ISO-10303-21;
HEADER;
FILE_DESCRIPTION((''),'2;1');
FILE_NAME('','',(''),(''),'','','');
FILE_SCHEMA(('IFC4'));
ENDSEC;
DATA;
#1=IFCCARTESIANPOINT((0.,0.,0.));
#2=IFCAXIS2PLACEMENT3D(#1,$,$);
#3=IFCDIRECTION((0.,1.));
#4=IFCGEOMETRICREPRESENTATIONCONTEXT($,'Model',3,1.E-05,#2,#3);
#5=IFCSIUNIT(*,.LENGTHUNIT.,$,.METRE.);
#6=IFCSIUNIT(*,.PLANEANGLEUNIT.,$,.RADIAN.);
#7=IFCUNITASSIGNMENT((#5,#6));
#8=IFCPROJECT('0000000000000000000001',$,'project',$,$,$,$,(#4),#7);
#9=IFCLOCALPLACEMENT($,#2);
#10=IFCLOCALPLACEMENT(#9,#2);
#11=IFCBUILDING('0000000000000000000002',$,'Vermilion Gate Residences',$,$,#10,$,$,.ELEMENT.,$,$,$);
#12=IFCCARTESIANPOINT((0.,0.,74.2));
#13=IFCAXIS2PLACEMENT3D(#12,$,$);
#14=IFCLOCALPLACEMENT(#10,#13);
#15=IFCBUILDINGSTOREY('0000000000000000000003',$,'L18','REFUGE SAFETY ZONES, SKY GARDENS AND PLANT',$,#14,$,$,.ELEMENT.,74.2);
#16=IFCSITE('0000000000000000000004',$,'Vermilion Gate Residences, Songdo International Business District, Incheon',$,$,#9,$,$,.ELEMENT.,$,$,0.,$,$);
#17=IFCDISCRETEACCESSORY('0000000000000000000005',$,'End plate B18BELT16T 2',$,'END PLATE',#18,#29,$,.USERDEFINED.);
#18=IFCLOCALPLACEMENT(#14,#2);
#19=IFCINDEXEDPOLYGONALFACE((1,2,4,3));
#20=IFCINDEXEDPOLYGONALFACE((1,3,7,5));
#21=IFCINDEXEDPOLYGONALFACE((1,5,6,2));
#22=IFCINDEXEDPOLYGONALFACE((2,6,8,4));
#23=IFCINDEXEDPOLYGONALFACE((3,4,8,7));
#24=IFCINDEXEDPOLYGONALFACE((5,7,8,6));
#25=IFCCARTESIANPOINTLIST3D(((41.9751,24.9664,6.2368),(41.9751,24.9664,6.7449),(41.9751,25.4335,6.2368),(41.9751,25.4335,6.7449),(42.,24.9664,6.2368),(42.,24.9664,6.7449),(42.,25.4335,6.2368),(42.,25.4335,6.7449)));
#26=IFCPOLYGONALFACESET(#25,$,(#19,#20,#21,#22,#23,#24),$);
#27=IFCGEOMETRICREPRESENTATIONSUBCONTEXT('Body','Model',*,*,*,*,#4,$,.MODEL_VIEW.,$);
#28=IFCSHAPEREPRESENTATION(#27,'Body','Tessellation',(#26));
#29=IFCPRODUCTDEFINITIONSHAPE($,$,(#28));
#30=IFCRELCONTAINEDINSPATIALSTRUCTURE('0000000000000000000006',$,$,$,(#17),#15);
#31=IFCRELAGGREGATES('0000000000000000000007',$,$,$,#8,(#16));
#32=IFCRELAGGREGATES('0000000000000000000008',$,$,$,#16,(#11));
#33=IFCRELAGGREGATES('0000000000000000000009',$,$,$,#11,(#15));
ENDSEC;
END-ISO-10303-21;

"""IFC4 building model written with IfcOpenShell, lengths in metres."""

from ifc_helpers import new_model, si_unit, direction, frame, origin, origin_2d, place, context, subcontext, project, spatial, rectangle, extrude, element, save


model = new_model("IFC4")

# Units and contexts
model_context = context("Model", 3, precision=1e-05, world=origin(), true_north=direction((0.0, 1.0)))
body_context = subcontext(model_context, "Body", "Model", "MODEL_VIEW")
ifc_project = project(units=[si_unit("LENGTHUNIT", "METRE"), si_unit("PLANEANGLEUNIT", "RADIAN")], contexts=[model_context])

# Site, building, storey
site_placement = place(None, origin())
site = spatial("IfcSite", under=ifc_project, at=site_placement, Name="Vermilion Gate Residences, Songdo International Business District, Incheon", CompositionType="ELEMENT", RefElevation=0.0)
building_placement = place(site_placement, origin())
building = spatial("IfcBuilding", under=site, at=building_placement, Name="Vermilion Gate Residences", CompositionType="ELEMENT")
storey_placement = place(building_placement, frame((0.0, 0.0, 74.2)))
storey = spatial("IfcBuildingStorey", under=building, at=storey_placement, Name="L18", Description="REFUGE SAFETY ZONES, SKY GARDENS AND PLANT", CompositionType="ELEMENT", Elevation=74.2)

# Discrete accessory
discrete_accessory_placement = place(storey_placement, frame((41.9875, 25.2, 6.2368), z_axis=(0.0, 0.0, 1.0), x_axis=(1.0, 0.0, 0.0)))
element("IfcDiscreteAccessory", 1, at=discrete_accessory_placement, inside=storey, Name="End plate B18BELT16T 2", ObjectType="END PLATE", PredefinedType="USERDEFINED", context=body_context, shape_type="SweptSolid", body=[
    extrude(rectangle(XDim=0.0249, YDim=0.467, at=origin_2d()), origin(), (0.0, 0.0, 1.0), 0.5081),
])

save(model, "model.ifc")
